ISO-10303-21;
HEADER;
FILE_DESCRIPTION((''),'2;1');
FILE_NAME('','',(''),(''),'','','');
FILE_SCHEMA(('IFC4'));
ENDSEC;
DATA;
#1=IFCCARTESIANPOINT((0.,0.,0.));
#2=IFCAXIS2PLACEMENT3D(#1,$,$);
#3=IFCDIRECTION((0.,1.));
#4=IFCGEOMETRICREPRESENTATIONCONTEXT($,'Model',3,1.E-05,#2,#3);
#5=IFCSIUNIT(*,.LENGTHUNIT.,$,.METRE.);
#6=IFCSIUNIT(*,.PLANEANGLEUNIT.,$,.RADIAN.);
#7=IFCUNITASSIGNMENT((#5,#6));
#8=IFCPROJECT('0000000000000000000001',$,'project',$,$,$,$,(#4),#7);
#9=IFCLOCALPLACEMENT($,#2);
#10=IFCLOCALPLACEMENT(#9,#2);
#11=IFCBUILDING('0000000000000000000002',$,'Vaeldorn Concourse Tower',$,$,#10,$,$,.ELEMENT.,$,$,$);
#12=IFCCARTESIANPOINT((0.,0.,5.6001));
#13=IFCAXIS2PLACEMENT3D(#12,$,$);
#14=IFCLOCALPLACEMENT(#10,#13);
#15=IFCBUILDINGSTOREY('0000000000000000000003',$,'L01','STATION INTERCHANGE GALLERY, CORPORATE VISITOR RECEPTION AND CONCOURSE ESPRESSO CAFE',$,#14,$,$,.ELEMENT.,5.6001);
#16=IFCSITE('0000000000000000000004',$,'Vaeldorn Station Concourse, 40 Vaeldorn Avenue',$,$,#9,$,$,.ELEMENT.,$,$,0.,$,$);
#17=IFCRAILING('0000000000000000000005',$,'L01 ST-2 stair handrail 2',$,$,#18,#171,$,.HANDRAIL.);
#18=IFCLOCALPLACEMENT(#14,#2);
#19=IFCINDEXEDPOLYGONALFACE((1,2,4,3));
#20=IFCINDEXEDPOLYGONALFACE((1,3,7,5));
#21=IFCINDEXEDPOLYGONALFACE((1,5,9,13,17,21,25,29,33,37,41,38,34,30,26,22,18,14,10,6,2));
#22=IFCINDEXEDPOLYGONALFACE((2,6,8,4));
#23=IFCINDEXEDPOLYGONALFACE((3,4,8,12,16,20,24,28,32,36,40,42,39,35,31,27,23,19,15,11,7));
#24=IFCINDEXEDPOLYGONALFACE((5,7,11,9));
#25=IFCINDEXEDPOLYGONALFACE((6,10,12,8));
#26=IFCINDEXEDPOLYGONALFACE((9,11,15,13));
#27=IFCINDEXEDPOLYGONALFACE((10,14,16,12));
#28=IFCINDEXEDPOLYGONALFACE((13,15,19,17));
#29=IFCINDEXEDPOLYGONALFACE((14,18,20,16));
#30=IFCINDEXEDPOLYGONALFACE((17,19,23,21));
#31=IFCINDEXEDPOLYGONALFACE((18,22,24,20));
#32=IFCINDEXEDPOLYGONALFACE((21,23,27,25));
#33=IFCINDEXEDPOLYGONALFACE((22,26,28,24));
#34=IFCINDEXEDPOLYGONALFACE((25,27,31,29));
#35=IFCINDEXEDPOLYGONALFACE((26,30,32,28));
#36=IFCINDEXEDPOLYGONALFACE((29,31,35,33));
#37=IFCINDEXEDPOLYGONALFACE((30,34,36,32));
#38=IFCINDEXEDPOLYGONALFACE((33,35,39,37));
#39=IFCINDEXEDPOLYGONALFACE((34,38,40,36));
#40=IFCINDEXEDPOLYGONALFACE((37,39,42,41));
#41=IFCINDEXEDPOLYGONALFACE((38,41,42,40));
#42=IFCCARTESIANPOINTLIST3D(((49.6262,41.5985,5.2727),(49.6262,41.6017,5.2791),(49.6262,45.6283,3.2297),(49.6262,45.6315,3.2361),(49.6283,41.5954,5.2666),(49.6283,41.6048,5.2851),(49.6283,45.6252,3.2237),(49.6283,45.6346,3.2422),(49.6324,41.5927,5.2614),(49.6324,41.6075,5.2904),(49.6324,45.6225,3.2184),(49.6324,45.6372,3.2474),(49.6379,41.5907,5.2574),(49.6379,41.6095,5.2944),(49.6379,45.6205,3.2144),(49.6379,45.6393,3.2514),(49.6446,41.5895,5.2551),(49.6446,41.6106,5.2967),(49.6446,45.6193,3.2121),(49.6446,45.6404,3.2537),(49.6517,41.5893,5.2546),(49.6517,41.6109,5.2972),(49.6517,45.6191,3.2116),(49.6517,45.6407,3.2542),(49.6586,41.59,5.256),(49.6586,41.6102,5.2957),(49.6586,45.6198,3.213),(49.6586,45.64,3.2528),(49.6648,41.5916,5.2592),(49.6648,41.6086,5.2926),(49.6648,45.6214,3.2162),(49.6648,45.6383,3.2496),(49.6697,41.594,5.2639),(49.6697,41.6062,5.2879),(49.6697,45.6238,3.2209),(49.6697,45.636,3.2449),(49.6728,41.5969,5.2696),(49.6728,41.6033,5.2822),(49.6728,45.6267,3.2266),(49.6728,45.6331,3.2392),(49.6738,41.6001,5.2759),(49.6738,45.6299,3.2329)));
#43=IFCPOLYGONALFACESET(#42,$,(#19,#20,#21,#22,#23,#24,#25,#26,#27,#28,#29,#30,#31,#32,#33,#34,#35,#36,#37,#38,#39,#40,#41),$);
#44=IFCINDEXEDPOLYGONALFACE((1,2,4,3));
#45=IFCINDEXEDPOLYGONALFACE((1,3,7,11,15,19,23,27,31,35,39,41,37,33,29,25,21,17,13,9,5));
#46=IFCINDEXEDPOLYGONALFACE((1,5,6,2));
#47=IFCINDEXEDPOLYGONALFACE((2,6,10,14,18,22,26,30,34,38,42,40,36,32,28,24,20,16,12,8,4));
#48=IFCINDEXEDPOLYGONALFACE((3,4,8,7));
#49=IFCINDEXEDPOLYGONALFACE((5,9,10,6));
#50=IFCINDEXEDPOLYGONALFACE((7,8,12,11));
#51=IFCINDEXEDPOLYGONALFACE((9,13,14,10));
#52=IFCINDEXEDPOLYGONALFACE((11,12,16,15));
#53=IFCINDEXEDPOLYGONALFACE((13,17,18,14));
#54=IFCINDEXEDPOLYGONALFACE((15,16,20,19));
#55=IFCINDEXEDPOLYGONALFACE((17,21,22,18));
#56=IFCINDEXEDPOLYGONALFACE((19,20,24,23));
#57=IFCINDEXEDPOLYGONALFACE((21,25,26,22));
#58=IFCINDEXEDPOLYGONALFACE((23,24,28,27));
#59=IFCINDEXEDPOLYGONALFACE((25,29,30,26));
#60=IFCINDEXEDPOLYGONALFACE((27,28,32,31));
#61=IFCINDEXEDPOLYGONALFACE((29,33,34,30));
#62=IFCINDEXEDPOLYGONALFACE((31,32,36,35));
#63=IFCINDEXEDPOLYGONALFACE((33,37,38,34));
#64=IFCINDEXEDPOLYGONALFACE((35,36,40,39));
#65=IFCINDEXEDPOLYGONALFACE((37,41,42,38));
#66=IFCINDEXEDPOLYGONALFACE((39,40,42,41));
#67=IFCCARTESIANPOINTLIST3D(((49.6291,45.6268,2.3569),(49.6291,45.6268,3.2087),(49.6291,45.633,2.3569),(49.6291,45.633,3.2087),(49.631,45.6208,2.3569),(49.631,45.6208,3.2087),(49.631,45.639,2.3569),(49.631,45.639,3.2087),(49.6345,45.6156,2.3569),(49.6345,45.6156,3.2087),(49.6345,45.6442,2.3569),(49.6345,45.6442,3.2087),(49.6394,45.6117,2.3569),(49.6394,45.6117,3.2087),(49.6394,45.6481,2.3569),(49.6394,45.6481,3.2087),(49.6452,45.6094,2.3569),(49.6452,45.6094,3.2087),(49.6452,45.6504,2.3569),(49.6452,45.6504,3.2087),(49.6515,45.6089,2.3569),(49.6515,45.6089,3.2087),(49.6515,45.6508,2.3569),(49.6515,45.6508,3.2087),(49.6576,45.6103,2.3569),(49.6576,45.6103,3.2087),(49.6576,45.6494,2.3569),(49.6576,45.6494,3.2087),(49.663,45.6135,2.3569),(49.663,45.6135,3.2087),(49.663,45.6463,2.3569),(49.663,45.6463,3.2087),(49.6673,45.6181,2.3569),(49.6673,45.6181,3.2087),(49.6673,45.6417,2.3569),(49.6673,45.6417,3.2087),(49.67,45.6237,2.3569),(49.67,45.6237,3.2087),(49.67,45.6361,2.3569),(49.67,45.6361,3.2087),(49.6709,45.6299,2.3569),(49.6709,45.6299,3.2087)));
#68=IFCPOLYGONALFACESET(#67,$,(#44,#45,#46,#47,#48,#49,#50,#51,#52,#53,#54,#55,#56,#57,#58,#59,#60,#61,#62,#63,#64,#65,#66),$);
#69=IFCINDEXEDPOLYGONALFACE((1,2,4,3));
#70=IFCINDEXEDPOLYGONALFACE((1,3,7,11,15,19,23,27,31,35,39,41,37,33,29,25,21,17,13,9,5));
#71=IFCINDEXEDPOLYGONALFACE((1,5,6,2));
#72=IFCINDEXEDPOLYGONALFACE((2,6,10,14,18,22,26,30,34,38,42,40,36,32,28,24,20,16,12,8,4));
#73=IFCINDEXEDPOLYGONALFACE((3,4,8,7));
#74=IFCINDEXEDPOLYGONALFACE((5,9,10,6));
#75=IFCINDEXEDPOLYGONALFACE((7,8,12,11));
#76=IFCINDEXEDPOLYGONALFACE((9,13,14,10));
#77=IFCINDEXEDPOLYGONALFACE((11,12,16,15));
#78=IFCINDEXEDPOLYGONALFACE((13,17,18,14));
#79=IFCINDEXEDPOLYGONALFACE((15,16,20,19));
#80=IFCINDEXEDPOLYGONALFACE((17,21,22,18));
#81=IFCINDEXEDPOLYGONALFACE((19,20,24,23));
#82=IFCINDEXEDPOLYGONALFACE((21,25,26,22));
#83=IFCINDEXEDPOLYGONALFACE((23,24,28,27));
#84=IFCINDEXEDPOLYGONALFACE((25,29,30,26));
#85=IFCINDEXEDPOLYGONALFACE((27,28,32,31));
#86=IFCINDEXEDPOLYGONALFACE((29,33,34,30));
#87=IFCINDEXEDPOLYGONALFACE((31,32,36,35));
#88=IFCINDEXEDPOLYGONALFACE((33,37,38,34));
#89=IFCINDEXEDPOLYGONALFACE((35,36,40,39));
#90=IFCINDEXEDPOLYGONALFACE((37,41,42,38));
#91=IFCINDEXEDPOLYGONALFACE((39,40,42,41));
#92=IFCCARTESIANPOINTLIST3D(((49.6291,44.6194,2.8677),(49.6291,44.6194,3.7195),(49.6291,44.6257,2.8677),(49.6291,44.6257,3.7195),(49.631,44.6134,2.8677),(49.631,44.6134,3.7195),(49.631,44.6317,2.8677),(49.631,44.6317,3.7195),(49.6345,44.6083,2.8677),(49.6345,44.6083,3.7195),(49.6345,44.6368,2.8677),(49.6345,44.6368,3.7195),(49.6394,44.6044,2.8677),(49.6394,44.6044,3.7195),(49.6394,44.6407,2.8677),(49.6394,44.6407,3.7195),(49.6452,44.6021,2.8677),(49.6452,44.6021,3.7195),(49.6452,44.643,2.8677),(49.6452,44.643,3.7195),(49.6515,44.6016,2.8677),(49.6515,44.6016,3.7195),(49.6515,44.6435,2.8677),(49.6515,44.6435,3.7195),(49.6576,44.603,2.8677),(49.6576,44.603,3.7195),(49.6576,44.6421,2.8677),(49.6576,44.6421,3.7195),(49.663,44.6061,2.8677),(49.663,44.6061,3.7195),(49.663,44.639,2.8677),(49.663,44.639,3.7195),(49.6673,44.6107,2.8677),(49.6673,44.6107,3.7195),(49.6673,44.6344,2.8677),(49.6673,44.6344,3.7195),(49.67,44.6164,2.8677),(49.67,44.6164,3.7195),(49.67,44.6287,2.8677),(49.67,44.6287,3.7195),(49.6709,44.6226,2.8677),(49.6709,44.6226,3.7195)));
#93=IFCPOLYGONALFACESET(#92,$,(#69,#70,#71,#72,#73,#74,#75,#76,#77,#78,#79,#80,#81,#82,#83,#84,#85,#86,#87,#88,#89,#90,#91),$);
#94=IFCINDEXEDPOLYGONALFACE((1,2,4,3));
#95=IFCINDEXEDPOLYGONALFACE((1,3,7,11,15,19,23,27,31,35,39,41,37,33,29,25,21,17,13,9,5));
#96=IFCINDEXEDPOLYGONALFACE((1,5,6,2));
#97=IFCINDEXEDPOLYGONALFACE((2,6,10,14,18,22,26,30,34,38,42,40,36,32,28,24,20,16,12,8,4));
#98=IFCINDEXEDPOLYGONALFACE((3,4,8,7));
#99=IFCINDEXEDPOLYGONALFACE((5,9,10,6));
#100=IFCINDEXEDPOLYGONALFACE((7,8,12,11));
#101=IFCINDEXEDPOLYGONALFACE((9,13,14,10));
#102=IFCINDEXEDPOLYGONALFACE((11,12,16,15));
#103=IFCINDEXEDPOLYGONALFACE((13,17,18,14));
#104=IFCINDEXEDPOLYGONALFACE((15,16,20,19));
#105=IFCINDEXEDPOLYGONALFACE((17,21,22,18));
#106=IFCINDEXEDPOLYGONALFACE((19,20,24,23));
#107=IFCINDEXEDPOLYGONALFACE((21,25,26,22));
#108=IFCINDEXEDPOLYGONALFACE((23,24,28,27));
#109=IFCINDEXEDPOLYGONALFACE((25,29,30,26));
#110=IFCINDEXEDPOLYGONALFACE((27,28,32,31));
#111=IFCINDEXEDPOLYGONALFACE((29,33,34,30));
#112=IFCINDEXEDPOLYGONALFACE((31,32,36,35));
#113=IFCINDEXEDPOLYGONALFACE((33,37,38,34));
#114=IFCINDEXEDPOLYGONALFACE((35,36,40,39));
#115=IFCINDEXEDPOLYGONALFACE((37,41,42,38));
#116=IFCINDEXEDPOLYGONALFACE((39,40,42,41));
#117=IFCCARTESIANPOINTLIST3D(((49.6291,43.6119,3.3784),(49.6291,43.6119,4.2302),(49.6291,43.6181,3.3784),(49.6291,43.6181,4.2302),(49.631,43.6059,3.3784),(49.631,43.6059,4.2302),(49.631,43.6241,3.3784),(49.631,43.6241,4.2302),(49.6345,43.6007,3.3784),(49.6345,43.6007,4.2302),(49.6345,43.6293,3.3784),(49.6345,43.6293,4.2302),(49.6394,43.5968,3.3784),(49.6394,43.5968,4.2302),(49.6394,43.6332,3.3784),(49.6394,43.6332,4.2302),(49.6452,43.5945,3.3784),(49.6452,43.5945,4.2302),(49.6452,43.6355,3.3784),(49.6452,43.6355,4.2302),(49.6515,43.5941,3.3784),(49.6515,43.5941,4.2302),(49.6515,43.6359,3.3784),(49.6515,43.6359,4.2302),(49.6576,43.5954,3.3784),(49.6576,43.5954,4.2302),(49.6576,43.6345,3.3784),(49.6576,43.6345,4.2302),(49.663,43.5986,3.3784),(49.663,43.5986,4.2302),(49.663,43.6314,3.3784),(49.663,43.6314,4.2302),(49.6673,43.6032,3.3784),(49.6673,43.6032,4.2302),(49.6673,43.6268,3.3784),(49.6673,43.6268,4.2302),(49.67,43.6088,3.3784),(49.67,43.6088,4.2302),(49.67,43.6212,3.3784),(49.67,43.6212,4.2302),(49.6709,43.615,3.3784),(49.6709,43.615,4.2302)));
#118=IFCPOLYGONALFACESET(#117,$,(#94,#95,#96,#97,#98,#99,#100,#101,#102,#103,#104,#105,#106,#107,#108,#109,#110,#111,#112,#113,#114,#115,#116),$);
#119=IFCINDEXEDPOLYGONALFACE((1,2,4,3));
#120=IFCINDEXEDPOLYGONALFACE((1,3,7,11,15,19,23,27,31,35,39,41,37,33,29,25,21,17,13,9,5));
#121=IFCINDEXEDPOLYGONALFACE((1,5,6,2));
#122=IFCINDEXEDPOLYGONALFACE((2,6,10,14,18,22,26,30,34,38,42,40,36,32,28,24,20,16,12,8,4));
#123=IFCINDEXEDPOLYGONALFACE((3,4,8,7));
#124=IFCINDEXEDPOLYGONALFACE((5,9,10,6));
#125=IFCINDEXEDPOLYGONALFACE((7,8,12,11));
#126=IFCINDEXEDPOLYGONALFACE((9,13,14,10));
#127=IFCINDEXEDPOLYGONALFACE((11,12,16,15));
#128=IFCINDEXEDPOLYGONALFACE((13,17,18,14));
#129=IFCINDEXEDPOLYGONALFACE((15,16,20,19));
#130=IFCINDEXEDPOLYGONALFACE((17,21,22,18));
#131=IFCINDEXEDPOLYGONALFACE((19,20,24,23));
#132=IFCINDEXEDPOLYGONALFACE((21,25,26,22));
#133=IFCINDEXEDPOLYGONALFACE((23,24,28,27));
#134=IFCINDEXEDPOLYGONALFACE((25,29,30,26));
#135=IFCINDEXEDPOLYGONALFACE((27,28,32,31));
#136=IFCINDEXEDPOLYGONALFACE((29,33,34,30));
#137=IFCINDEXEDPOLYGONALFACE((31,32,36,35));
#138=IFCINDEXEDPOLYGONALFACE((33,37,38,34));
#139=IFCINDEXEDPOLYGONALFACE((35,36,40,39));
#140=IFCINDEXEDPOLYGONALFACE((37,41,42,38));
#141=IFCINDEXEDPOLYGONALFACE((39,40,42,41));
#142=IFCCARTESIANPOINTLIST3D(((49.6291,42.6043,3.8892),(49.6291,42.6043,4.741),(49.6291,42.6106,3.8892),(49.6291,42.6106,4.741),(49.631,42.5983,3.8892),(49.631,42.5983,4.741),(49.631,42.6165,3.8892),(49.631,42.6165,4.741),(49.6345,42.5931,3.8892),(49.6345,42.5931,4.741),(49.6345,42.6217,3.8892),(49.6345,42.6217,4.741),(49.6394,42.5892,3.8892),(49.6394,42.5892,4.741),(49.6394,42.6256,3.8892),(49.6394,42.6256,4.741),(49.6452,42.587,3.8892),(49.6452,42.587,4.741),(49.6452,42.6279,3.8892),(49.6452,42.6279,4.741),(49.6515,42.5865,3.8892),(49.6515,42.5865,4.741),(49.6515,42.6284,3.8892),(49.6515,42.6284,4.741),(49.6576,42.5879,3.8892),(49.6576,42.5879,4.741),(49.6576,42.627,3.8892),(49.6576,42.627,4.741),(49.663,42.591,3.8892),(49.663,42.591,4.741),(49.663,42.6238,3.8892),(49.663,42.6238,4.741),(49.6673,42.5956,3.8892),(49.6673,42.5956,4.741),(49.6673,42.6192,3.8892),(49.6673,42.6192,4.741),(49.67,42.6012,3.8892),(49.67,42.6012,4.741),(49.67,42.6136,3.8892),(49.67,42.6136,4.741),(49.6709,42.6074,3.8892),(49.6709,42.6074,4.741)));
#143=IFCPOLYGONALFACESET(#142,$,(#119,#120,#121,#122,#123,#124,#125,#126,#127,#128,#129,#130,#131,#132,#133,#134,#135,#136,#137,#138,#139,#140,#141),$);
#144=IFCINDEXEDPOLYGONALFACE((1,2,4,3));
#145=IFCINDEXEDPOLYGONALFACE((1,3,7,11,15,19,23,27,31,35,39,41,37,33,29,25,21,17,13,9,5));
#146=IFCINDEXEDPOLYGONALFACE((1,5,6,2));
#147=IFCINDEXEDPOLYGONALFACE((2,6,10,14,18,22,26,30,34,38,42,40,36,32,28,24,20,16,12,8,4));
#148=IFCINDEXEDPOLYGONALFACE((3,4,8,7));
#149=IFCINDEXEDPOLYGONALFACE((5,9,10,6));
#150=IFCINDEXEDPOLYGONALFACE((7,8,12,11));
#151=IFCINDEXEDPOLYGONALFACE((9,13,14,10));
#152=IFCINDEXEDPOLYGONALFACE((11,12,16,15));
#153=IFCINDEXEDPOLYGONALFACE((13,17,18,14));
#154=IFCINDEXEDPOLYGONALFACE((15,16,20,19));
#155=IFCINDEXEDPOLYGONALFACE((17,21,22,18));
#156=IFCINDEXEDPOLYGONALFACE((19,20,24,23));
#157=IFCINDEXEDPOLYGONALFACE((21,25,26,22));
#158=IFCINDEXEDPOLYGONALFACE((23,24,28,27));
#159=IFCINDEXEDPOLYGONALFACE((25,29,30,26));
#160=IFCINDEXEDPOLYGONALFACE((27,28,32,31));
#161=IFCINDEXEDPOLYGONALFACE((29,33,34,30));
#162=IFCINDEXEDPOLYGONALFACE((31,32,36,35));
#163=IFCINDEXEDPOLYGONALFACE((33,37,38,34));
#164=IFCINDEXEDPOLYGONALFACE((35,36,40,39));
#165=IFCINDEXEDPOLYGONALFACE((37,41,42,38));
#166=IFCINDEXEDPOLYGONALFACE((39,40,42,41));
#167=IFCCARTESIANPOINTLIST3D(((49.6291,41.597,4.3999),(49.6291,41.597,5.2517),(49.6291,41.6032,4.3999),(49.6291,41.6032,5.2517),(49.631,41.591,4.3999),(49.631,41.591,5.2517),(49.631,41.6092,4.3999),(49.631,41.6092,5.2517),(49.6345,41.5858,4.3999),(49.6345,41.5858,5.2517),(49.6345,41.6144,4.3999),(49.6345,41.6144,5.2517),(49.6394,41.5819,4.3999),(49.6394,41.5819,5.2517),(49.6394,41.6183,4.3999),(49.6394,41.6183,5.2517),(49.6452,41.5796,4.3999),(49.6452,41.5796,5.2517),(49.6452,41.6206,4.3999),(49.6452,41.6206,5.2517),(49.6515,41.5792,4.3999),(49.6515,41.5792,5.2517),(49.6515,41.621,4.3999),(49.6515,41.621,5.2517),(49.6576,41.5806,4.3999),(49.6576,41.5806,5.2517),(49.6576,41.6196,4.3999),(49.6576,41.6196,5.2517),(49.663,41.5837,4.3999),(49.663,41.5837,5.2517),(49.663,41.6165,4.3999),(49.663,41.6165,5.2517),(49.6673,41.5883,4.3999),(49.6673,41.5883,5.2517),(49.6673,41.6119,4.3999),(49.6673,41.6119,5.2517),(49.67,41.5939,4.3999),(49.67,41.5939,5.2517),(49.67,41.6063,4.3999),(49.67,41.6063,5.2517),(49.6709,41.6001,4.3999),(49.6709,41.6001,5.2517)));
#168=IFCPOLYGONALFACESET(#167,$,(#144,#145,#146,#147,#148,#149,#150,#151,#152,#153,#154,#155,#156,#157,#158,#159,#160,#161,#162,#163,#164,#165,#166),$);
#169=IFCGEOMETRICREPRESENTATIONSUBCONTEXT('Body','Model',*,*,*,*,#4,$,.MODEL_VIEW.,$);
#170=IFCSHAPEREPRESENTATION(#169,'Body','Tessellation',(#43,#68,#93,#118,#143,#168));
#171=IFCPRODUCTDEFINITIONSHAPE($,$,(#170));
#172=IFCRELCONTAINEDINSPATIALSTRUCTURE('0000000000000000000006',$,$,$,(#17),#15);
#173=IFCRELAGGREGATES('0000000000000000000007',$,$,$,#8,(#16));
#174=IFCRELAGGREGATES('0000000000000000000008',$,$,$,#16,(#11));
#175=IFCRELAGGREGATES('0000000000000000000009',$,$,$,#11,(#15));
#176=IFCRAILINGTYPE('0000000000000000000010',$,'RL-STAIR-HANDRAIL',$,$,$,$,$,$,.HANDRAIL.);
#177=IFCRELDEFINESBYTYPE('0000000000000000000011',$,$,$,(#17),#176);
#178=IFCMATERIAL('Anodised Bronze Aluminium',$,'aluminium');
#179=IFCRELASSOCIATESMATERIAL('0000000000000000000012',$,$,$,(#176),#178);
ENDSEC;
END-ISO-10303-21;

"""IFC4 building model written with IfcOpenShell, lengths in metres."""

from ifc_helpers import new_model, si_unit, direction, frame, origin, origin_2d, place, context, subcontext, project, spatial, circle, extrude, material, type_object, element, save


model = new_model("IFC4")

# Units and contexts
model_context = context("Model", 3, precision=1e-05, world=origin(), true_north=direction((0.0, 1.0)))
body_context = subcontext(model_context, "Body", "Model", "MODEL_VIEW")
ifc_project = project(units=[si_unit("LENGTHUNIT", "METRE"), si_unit("PLANEANGLEUNIT", "RADIAN")], contexts=[model_context])

# Site, building, storey
site_placement = place(None, origin())
site = spatial("IfcSite", under=ifc_project, at=site_placement, Name="Vaeldorn Station Concourse, 40 Vaeldorn Avenue", CompositionType="ELEMENT", RefElevation=0.0)
building_placement = place(site_placement, origin())
building = spatial("IfcBuilding", under=site, at=building_placement, Name="Vaeldorn Concourse Tower", CompositionType="ELEMENT")
storey_placement = place(building_placement, frame((0.0, 0.0, 5.6001)))
storey = spatial("IfcBuildingStorey", under=building, at=storey_placement, Name="L01", Description="STATION INTERCHANGE GALLERY, CORPORATE VISITOR RECEPTION AND CONCOURSE ESPRESSO CAFE", CompositionType="ELEMENT", Elevation=5.6001)

# Shared definitions
ifc_material_1 = material(Name="Anodised Bronze Aluminium", Category="aluminium")

# Railing
railing_type_1 = type_object("IfcRailingType", Name="RL-STAIR-HANDRAIL", PredefinedType="HANDRAIL", material=ifc_material_1)
railing_1_placement = place(storey_placement, frame((49.6499, 45.6299, 2.3569)))
element("IfcRailing", 1, at=railing_1_placement, inside=storey, type_object=railing_type_1, Name="L01 ST-2 stair handrail 2", PredefinedType="HANDRAIL", context=body_context, shape_type="SweptSolid", body=[
    extrude(circle(Radius=0.0239, at=origin_2d()), frame((0.0, 0.0, 0.876), z_axis=(0.0, -0.891928, 0.452178), x_axis=(1.0, 0.0, 0.0)), (0.0, 0.0, 1.0), 4.5181),
    extrude(circle(Radius=0.021, at=origin_2d()), origin(), (0.0, 0.0, 1.0), 0.8518),
    extrude(circle(Radius=0.021, at=origin_2d()), frame((0.0, -1.0073, 0.5107)), (0.0, 0.0, 1.0), 0.8518),
    extrude(circle(Radius=0.021, at=origin_2d()), frame((0.0, -2.0149, 1.0215)), (0.0, 0.0, 1.0), 0.8518),
    extrude(circle(Radius=0.021, at=origin_2d()), frame((0.0, -3.0225, 1.5322)), (0.0, 0.0, 1.0), 0.8518),
    extrude(circle(Radius=0.021, at=origin_2d()), frame((0.0, -4.0298, 2.043)), (0.0, 0.0, 1.0), 0.8518),
])

save(model, "model.ifc")
